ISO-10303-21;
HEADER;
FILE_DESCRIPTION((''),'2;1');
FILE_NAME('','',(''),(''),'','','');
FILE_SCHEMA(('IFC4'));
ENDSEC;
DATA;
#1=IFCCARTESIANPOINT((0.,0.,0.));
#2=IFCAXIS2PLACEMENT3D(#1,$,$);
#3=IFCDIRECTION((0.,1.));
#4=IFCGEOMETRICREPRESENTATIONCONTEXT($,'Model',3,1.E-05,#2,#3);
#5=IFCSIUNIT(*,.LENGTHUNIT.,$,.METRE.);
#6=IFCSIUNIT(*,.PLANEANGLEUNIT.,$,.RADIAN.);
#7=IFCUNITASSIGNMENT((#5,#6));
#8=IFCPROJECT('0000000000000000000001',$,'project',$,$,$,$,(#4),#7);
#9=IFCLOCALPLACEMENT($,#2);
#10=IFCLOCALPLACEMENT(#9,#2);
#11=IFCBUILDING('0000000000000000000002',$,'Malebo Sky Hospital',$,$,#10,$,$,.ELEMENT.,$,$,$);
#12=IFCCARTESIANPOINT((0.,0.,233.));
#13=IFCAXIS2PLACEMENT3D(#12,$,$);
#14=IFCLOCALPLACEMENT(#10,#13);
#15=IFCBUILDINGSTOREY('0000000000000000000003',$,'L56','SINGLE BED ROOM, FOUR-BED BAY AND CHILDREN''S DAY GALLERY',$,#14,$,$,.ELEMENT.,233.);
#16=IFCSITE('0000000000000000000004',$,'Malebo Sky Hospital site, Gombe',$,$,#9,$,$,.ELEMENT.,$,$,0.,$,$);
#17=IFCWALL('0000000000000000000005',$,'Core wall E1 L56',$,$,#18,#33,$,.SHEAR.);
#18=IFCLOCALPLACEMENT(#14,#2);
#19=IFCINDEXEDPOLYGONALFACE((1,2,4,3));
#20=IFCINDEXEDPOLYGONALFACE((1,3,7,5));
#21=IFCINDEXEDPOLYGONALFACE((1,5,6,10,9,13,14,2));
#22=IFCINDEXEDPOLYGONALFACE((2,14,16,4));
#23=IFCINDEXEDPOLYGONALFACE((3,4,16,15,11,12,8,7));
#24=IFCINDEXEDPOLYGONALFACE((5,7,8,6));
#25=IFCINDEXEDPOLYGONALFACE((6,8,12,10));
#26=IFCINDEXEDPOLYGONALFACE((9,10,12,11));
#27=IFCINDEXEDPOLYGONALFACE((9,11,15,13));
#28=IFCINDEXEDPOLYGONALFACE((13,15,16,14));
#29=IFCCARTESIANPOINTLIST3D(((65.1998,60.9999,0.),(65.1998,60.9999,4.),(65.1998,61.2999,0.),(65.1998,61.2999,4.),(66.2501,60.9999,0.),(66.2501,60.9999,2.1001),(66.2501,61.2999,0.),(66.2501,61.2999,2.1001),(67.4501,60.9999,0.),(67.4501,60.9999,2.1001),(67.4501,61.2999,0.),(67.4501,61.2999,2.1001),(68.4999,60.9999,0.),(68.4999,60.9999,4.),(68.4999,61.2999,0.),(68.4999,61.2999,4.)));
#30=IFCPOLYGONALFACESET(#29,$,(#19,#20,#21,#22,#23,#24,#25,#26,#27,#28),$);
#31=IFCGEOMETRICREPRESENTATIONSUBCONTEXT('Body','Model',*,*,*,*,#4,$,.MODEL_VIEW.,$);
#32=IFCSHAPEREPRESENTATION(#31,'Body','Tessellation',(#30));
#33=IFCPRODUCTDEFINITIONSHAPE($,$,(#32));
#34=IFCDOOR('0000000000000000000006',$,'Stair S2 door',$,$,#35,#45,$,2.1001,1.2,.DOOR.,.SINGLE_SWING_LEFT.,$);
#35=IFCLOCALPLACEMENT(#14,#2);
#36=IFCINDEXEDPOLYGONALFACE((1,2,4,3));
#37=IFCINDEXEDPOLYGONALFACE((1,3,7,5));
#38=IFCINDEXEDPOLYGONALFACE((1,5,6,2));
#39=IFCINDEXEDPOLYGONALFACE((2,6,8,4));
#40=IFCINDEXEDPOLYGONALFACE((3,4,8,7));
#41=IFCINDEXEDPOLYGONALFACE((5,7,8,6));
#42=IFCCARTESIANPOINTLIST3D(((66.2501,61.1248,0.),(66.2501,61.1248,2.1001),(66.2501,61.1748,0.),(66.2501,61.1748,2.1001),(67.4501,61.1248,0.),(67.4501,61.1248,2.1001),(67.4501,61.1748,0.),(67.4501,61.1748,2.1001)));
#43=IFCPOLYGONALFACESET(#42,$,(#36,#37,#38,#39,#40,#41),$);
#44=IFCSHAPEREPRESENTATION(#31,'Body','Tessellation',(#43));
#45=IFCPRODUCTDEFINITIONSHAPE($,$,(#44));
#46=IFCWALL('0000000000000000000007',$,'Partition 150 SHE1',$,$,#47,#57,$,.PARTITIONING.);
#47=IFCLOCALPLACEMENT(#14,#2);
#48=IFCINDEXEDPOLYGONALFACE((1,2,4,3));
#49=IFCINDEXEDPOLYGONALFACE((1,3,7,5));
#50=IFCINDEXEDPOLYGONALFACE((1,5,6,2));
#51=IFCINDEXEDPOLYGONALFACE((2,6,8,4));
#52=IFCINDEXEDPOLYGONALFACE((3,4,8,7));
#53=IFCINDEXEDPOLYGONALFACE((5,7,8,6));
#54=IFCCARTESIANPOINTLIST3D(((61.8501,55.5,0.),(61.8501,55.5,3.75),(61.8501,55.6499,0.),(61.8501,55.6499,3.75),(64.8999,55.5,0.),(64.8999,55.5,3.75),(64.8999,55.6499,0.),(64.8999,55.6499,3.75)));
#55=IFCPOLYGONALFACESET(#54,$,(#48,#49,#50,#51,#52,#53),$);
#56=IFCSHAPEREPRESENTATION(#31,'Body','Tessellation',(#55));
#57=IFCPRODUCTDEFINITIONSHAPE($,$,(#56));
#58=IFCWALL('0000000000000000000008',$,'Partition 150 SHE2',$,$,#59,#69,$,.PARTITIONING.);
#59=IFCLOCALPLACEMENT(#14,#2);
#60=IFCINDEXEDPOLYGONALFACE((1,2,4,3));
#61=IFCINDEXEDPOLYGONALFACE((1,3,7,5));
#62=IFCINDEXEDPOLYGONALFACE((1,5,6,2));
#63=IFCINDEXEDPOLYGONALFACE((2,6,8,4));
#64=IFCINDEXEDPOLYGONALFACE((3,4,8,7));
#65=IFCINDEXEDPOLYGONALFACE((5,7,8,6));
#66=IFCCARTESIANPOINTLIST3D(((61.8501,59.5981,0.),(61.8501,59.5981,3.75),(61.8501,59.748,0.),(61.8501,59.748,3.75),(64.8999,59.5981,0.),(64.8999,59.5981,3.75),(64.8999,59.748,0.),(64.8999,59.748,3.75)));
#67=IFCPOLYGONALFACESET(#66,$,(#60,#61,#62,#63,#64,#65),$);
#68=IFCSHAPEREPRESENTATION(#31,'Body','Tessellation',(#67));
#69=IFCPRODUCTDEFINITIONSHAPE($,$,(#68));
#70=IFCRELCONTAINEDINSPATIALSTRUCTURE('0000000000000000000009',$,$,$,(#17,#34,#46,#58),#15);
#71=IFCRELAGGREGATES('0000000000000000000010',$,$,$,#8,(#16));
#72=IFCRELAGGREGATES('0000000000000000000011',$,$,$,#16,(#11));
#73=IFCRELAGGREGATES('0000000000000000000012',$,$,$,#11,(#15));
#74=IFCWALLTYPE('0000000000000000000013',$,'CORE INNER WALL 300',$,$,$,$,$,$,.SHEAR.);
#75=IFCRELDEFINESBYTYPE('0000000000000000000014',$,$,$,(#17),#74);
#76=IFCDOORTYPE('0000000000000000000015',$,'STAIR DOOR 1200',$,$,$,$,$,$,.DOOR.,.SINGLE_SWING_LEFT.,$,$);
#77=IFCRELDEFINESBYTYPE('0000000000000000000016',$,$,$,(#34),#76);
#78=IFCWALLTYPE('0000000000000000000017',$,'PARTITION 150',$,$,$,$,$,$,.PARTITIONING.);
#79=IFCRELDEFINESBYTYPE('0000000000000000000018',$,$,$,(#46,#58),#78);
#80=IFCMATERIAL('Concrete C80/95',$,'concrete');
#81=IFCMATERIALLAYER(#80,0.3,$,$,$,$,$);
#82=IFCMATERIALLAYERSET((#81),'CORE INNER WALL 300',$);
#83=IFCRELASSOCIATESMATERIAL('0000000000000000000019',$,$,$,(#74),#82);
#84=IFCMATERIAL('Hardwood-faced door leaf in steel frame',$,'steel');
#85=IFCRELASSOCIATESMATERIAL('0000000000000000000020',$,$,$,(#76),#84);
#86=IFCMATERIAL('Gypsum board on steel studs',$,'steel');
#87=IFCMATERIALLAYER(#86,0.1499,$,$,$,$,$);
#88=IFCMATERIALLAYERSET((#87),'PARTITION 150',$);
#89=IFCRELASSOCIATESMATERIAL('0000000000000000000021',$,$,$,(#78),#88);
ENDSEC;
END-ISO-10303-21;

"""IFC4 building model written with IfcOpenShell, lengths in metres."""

from ifc_helpers import new_model, si_unit, direction, frame, frame_2d, origin, place, context, subcontext, project, spatial, rectangle, extrude, material, layer, layer_set, type_object, element, fill, save


model = new_model("IFC4")

# Units and contexts
model_context = context("Model", 3, precision=1e-05, world=origin(), true_north=direction((0.0, 1.0)))
body_context = subcontext(model_context, "Body", "Model", "MODEL_VIEW")
ifc_project = project(units=[si_unit("LENGTHUNIT", "METRE"), si_unit("PLANEANGLEUNIT", "RADIAN")], contexts=[model_context])

# Site, building, storey
site_placement = place(None, origin())
site = spatial("IfcSite", under=ifc_project, at=site_placement, Name="Malebo Sky Hospital site, Gombe", CompositionType="ELEMENT", RefElevation=0.0)
building_placement = place(site_placement, origin())
building = spatial("IfcBuilding", under=site, at=building_placement, Name="Malebo Sky Hospital", CompositionType="ELEMENT")
storey_placement = place(building_placement, frame((0.0, 0.0, 233.0)))
storey = spatial("IfcBuildingStorey", under=building, at=storey_placement, Name="L56", Description="SINGLE BED ROOM, FOUR-BED BAY AND CHILDREN'S DAY GALLERY", CompositionType="ELEMENT", Elevation=233.0)

# Shared definitions
ifc_material_1 = material(Name="Concrete C80/95", Category="concrete")
ifc_material_2 = material(Name="Hardwood-faced door leaf in steel frame", Category="steel")

# Shared definitions
ifc_layer_1 = layer(ifc_material_1, 0.3)
ifc_layer_set_1 = layer_set([ifc_layer_1], Name="CORE INNER WALL 300")
wall_type_1 = type_object("IfcWallType", Name="CORE INNER WALL 300", PredefinedType="SHEAR", material=ifc_layer_set_1)

# Wall, opening, door
wall_1_placement = place(storey_placement, frame((65.2, 61.1499, 0.0), z_axis=(0.0, 0.0, 1.0), x_axis=(1.0, 0.0, 0.0)))
wall_1 = element("IfcWall", 1, at=wall_1_placement, inside=storey, type_object=wall_type_1, Name="Core wall E1 L56", PredefinedType="SHEAR", context=body_context, shape_type="SweptSolid", body=[
    extrude(rectangle(XDim=3.3, YDim=0.3, at=frame_2d((1.6499, 0.0))), origin(), (0.0, 0.0, 1.0), 4.0),
])
opening_1_placement = place(wall_1_placement, frame((1.05, 0.0, 0.0)))
opening_1 = element("IfcOpeningElement", 2, at=opening_1_placement, cuts=wall_1, PredefinedType="OPENING", context=body_context, shape_type="SweptSolid", body=[
    extrude(rectangle(XDim=1.2, YDim=2.1001, at=frame_2d((0.6001, 1.05))), frame((0.0, 0.1599, 0.0), z_axis=(0.0, -1.0, 0.0), x_axis=(1.0, 0.0, 0.0)), (0.0, 0.0, 1.0), 0.3201),
])
door_type_1 = type_object("IfcDoorType", Name="STAIR DOOR 1200", OperationType="SINGLE_SWING_LEFT", PredefinedType="DOOR", material=ifc_material_2)
door_1_placement = place(opening_1_placement, origin())
door_1 = element("IfcDoor", 3, at=door_1_placement, inside=storey, type_object=door_type_1, Name="Stair S2 door", OperationType="SINGLE_SWING_LEFT", OverallHeight=2.1001, OverallWidth=1.2, PredefinedType="DOOR", context=body_context, shape_type="SweptSolid", body=[
    extrude(rectangle(XDim=1.2, YDim=2.1001, at=frame_2d((0.6001, 1.05))), frame((0.0, 0.0249, 0.0), z_axis=(0.0, -1.0, 0.0), x_axis=(1.0, 0.0, 0.0)), (0.0, 0.0, 1.0), 0.05),
])
fill(opening_1, door_1)

# Walls
ifc_material_3 = material(Name="Gypsum board on steel studs", Category="steel")
ifc_layer_2 = layer(ifc_material_3, 0.1499)
ifc_layer_set_2 = layer_set([ifc_layer_2], Name="PARTITION 150")
wall_type_2 = type_object("IfcWallType", Name="PARTITION 150", PredefinedType="PARTITIONING", material=ifc_layer_set_2)
for number, where, z_axis, x_axis, name in (
    (4, (61.8501, 55.575, 0.0), (0.0, 0.0, 1.0), (1.0, 0.0, 0.0), "Partition 150 SHE1"),
    (5, (61.8501, 59.6731, 0.0), (0.0, 0.0, 1.0), (1.0, 0.0, 0.0), "Partition 150 SHE2"),
):
    element("IfcWall", number, at=place(storey_placement, frame(where, z_axis=z_axis, x_axis=x_axis)), inside=storey, type_object=wall_type_2, Name=name, PredefinedType="PARTITIONING", context=body_context, shape_type="SweptSolid", body=[
        extrude(rectangle(XDim=3.0498, YDim=0.1499, at=frame_2d((1.5249, 0.0))), origin(), (0.0, 0.0, 1.0), 3.75),
    ])

save(model, "model.ifc")
